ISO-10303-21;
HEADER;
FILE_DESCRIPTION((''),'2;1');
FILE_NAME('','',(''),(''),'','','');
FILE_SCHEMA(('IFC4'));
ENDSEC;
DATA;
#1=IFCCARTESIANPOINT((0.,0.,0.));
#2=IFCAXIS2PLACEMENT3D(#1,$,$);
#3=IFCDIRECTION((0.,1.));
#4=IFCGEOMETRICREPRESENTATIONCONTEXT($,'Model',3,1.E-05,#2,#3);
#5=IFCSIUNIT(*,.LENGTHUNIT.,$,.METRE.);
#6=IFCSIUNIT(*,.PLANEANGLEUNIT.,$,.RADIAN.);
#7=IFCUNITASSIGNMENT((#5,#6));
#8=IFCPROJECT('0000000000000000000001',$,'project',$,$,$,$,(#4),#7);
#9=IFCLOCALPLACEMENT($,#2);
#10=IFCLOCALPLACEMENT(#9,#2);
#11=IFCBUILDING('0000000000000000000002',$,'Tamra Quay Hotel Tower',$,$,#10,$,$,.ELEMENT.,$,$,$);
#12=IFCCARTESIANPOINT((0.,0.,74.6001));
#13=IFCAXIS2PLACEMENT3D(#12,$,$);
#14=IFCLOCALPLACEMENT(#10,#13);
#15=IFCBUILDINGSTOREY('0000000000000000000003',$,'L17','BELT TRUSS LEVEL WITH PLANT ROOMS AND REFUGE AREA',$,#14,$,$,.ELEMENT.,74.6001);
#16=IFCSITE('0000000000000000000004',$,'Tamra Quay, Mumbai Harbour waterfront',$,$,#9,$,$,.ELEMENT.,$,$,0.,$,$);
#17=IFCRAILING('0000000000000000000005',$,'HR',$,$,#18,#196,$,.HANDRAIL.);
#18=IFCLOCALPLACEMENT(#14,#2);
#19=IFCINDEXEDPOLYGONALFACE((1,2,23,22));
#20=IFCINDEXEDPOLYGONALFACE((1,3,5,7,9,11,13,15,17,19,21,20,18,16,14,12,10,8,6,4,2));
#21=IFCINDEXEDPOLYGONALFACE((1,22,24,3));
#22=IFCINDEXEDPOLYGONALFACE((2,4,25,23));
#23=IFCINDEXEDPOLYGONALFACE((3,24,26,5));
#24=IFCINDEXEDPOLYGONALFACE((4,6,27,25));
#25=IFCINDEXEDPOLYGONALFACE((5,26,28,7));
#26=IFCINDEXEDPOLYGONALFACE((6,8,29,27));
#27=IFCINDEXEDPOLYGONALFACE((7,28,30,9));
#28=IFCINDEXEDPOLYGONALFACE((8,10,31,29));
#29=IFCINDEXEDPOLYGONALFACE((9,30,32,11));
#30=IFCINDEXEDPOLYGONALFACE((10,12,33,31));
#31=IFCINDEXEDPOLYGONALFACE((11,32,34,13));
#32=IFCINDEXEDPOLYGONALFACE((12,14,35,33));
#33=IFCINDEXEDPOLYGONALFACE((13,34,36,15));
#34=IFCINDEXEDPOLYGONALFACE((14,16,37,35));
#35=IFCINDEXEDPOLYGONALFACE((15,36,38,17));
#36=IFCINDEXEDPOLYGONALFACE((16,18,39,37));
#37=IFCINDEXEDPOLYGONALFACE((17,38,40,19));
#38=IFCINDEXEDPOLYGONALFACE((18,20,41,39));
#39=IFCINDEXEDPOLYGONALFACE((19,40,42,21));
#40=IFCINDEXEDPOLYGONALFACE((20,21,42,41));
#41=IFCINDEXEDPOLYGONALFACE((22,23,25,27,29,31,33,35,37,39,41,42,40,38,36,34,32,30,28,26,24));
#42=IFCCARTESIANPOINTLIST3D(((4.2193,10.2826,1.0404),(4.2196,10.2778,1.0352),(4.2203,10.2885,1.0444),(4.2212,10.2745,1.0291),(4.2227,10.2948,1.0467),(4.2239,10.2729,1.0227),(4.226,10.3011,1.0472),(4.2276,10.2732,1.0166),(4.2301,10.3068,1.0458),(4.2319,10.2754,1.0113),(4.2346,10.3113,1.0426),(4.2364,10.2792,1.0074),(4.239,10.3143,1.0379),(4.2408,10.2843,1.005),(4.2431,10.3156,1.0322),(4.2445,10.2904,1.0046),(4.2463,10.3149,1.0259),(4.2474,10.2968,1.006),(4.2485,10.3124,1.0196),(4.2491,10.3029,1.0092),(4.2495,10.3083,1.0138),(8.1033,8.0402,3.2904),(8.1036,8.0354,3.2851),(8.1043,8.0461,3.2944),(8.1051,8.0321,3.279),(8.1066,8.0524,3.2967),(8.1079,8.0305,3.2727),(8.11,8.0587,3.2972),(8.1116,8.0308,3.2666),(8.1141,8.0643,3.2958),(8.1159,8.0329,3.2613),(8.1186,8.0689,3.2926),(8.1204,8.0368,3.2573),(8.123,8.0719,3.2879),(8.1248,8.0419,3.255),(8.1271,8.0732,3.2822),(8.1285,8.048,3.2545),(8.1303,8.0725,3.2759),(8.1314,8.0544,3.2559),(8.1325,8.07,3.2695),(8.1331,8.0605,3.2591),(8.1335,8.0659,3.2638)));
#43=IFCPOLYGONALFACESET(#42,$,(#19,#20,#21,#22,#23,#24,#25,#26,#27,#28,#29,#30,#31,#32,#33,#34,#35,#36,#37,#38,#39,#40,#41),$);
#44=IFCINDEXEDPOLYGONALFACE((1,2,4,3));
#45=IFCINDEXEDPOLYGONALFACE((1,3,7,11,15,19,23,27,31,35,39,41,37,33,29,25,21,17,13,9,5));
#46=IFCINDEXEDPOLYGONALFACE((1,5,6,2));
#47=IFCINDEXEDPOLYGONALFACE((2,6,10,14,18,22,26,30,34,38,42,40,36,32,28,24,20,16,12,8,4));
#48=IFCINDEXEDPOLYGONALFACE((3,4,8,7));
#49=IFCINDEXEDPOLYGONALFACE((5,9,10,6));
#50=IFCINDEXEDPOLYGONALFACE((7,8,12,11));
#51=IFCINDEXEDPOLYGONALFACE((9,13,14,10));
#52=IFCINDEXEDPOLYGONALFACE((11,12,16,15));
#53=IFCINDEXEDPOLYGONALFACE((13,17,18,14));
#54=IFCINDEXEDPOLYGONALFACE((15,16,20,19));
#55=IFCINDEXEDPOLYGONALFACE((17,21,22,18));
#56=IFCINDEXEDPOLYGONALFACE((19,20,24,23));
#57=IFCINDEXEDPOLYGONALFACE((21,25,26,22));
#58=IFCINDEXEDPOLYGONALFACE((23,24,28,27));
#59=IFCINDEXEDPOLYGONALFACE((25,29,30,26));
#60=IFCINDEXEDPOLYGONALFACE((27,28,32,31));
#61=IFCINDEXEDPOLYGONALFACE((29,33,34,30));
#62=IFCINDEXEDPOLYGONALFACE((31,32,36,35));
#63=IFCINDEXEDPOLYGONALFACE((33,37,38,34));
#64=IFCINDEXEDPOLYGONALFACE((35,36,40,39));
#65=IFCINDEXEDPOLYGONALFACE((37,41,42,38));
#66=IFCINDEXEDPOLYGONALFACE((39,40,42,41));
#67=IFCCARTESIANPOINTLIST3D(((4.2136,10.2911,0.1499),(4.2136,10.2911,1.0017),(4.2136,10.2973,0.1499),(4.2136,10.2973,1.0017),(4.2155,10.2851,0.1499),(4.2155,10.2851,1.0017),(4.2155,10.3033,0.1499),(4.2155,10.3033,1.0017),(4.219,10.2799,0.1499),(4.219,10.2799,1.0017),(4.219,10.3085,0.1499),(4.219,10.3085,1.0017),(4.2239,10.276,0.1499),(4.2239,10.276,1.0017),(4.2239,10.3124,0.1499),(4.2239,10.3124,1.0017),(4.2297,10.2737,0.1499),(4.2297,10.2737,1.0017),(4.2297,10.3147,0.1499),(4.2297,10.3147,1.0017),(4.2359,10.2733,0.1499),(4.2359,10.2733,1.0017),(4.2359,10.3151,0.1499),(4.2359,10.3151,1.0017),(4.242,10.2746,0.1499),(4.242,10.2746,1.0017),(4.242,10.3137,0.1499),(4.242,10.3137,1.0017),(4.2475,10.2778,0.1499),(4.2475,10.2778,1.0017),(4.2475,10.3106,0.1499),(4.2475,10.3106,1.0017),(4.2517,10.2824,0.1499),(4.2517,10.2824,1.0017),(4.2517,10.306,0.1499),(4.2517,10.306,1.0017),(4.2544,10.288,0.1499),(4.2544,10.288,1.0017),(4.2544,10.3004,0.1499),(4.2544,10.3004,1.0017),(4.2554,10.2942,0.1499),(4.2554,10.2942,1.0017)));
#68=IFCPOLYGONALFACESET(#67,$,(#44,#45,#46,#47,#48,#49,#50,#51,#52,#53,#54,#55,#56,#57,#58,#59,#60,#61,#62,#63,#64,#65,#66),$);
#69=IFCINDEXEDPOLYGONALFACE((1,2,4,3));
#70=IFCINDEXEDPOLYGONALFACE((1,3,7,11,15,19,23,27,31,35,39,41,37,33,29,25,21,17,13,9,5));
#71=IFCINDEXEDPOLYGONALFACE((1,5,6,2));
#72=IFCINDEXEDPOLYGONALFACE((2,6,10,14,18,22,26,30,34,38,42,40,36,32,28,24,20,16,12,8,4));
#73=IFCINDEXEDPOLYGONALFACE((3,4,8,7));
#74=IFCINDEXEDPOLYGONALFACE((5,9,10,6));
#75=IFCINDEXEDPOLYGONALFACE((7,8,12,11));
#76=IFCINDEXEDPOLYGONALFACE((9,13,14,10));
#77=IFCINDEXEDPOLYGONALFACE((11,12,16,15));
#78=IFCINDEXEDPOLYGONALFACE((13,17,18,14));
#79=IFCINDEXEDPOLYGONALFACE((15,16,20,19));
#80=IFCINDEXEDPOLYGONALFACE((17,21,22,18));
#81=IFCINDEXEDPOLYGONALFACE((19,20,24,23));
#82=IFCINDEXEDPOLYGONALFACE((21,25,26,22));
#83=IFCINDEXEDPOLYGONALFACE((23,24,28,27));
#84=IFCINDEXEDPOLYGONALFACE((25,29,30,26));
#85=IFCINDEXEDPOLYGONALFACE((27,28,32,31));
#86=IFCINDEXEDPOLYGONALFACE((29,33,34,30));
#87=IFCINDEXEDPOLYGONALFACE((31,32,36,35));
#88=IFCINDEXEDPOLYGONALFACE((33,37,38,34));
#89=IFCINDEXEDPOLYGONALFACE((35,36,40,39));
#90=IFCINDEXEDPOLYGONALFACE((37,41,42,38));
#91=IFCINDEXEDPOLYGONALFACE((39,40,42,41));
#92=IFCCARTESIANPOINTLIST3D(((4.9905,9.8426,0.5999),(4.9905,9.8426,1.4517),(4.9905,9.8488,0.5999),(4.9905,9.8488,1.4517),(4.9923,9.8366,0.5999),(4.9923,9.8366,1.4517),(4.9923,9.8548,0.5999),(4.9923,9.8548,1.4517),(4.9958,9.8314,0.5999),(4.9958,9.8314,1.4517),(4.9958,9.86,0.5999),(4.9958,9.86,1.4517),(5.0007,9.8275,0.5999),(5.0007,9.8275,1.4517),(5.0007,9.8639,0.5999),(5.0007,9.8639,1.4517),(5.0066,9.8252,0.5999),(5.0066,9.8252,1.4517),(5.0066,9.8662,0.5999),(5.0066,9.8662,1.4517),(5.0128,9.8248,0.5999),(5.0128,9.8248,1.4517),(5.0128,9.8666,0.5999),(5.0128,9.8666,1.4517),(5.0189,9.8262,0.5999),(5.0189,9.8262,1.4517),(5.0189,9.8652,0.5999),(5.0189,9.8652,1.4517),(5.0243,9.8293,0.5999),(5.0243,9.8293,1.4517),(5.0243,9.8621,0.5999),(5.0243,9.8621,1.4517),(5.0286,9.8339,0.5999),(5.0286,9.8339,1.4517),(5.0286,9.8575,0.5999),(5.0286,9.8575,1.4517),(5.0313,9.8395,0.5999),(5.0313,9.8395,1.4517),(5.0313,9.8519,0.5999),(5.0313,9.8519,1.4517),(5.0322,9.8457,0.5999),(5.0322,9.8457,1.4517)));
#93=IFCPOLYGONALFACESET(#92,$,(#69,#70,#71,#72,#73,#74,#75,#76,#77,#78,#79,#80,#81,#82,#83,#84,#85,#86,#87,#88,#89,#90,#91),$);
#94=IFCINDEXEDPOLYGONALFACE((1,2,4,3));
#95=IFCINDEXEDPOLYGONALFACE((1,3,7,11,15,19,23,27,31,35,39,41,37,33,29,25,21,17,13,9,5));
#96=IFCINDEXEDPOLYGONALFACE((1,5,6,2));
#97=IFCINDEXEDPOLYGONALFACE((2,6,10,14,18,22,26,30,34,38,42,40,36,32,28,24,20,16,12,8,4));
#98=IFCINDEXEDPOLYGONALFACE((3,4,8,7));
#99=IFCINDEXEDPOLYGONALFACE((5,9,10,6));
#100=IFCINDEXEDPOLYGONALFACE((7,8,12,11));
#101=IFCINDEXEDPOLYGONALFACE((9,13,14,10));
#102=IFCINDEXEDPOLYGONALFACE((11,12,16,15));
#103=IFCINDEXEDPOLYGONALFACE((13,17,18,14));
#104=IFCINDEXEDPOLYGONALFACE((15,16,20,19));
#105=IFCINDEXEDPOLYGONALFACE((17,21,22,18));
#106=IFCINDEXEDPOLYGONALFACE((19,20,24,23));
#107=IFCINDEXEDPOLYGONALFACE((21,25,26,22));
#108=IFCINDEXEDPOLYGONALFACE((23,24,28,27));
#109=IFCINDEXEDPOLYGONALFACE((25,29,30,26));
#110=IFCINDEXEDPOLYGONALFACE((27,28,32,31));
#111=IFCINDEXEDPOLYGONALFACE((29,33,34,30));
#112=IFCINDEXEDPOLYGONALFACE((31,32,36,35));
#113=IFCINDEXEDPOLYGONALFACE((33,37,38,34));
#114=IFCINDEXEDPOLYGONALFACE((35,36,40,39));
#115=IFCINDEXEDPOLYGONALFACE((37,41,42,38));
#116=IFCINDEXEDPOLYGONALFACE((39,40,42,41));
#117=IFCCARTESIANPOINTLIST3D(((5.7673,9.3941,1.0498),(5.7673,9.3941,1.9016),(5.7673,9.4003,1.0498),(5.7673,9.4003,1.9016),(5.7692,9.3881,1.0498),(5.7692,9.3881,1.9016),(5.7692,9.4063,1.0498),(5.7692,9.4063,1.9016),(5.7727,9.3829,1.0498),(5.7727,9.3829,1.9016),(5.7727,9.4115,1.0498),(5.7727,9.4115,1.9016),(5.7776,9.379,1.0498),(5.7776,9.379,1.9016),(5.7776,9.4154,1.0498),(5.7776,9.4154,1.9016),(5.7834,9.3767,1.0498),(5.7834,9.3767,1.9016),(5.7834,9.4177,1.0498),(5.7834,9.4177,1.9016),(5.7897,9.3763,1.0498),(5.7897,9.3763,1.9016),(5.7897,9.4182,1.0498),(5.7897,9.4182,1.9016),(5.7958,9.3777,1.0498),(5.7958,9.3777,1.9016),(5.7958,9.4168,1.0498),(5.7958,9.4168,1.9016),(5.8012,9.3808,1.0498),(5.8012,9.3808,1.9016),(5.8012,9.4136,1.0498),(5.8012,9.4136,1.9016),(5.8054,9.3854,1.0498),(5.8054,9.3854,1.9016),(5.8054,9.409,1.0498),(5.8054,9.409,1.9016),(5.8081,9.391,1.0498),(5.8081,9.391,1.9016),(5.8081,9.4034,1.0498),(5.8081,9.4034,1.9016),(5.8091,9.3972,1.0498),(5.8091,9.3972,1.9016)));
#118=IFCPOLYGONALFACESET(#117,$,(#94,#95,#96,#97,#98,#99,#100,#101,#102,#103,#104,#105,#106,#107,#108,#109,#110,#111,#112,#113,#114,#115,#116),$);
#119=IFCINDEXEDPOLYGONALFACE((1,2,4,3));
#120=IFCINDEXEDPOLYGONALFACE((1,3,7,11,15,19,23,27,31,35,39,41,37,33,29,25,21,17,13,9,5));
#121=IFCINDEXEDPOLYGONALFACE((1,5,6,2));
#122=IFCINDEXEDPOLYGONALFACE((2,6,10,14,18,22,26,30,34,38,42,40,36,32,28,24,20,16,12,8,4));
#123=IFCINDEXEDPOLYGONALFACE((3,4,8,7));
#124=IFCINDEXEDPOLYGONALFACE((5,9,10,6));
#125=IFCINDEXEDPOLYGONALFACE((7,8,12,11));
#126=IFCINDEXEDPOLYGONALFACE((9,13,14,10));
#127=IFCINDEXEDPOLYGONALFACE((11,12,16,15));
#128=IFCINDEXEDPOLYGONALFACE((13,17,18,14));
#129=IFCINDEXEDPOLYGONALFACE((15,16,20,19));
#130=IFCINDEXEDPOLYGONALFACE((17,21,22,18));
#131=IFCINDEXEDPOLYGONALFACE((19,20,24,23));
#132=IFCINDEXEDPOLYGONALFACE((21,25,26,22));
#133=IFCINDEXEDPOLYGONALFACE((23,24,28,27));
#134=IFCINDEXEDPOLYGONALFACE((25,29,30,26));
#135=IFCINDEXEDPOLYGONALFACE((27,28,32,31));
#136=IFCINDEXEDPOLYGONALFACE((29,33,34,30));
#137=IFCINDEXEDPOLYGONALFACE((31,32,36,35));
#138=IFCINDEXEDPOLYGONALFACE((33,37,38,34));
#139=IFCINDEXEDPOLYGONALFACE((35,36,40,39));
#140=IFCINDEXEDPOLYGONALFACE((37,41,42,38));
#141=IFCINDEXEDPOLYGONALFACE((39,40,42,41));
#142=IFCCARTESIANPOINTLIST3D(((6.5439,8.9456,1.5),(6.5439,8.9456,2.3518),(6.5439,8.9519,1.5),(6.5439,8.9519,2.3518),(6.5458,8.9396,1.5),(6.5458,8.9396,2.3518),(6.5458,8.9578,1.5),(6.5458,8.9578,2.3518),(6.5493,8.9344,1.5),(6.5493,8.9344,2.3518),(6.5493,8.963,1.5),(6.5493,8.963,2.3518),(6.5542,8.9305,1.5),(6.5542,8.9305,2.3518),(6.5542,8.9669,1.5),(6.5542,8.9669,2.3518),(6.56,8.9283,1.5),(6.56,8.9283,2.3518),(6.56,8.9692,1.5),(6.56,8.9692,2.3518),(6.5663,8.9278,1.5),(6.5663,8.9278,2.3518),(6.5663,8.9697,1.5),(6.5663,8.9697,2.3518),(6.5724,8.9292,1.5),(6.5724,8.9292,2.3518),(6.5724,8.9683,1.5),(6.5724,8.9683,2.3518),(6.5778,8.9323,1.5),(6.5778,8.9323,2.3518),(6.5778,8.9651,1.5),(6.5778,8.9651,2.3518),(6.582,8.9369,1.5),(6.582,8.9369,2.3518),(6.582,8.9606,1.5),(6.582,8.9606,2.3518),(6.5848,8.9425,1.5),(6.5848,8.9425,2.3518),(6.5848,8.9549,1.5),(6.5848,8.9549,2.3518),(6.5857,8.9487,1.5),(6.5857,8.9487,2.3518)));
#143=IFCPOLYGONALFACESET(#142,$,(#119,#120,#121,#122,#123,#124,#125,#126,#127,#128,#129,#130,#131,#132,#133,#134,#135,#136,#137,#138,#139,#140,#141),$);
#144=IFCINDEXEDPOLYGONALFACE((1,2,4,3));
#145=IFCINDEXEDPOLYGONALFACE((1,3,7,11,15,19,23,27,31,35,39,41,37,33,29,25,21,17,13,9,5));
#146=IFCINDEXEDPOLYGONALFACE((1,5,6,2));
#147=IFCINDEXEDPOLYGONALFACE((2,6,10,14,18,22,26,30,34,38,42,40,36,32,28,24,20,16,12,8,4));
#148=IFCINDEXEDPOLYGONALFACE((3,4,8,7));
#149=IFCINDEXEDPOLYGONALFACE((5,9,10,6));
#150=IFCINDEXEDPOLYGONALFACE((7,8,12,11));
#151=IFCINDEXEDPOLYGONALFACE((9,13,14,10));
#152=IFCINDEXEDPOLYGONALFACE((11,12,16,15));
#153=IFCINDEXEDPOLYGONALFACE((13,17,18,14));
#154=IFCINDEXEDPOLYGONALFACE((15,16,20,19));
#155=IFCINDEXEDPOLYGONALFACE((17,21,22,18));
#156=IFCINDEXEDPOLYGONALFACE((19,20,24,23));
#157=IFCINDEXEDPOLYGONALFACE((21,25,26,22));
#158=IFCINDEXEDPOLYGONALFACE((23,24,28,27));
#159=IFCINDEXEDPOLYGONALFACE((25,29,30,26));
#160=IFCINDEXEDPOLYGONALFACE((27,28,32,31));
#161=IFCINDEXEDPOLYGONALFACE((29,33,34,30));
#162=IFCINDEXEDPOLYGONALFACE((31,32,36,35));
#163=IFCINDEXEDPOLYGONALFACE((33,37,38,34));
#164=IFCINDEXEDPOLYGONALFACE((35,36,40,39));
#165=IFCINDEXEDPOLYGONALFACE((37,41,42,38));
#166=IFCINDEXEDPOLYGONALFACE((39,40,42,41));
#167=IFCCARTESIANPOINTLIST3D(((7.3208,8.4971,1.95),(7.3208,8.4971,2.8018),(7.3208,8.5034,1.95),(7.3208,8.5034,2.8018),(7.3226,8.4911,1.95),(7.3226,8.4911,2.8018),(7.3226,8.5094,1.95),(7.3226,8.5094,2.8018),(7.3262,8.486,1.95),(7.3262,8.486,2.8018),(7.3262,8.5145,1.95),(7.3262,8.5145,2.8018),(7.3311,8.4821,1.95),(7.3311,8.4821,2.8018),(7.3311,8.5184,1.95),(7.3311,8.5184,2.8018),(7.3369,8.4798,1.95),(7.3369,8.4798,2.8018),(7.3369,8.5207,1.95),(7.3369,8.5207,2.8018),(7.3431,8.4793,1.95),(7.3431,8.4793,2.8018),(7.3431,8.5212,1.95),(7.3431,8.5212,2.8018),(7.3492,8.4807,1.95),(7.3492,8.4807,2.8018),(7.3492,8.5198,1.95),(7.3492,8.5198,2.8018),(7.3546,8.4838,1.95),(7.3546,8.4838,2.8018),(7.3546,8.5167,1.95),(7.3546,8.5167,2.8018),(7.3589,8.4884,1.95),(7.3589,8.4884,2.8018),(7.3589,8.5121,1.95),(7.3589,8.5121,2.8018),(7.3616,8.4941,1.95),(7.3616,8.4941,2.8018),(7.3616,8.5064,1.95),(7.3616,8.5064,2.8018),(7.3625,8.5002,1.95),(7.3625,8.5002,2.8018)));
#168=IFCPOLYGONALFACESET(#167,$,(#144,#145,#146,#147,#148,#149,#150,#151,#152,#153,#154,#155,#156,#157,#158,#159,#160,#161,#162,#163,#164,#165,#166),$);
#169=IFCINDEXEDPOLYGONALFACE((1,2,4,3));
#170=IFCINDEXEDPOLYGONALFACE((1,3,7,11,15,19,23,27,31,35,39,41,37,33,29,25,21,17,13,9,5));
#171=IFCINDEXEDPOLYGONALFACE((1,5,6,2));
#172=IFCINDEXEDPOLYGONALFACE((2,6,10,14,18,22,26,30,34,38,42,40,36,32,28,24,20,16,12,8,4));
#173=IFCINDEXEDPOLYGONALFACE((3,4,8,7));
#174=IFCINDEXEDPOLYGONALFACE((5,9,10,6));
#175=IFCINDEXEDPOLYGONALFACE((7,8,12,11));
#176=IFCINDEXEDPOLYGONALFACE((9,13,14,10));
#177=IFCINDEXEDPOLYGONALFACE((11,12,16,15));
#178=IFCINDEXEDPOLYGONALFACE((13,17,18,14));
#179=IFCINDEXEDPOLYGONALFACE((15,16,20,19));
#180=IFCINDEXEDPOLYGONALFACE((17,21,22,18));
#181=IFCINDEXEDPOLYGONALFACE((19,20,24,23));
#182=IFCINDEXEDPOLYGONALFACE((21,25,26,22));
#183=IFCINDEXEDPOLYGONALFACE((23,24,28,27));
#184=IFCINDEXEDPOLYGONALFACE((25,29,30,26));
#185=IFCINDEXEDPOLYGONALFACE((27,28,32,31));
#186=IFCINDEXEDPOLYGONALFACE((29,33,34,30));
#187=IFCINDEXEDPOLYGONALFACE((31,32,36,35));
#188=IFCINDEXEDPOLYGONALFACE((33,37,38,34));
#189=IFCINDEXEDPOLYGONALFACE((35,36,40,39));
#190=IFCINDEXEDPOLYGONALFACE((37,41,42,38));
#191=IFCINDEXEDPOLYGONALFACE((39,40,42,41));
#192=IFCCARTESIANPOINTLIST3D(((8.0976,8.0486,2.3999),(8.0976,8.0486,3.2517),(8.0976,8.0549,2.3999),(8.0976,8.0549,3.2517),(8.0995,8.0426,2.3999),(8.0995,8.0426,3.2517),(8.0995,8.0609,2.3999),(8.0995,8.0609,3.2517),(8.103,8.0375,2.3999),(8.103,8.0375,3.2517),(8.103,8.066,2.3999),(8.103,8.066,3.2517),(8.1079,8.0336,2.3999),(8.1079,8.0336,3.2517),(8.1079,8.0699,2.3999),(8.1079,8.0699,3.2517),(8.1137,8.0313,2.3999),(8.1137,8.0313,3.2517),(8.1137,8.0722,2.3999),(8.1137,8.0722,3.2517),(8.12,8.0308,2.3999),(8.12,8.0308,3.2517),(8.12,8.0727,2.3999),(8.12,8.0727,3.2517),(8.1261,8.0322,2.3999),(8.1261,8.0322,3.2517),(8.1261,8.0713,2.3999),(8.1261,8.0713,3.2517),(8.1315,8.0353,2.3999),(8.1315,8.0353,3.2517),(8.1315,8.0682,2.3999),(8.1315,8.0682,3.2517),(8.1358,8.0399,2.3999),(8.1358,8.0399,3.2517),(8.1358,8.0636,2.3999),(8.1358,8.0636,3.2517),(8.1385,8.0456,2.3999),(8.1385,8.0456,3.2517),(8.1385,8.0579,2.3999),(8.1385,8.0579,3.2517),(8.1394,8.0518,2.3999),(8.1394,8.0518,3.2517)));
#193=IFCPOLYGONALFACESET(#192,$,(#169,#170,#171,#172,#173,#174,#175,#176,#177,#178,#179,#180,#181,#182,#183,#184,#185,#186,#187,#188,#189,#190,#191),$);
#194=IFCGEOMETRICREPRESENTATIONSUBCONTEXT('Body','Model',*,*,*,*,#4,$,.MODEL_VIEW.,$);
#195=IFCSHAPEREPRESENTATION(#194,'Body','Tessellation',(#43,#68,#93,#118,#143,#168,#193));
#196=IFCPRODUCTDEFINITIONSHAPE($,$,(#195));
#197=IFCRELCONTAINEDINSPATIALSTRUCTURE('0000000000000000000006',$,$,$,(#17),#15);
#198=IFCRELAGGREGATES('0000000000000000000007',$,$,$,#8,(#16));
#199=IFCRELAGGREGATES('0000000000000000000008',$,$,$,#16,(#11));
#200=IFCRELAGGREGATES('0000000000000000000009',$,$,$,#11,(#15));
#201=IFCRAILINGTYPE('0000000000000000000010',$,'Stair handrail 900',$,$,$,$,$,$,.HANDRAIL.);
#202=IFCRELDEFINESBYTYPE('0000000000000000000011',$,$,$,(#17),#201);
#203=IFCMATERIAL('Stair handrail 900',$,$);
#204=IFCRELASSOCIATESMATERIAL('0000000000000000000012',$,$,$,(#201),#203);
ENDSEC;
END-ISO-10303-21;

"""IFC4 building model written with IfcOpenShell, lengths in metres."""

from ifc_helpers import new_model, si_unit, direction, frame, origin, origin_2d, place, context, subcontext, project, spatial, circle, extrude, material, type_object, element, save


model = new_model("IFC4")

# Units and contexts
model_context = context("Model", 3, precision=1e-05, world=origin(), true_north=direction((0.0, 1.0)))
body_context = subcontext(model_context, "Body", "Model", "MODEL_VIEW")
ifc_project = project(units=[si_unit("LENGTHUNIT", "METRE"), si_unit("PLANEANGLEUNIT", "RADIAN")], contexts=[model_context])

# Site, building, storey
site_placement = place(None, origin())
site = spatial("IfcSite", under=ifc_project, at=site_placement, Name="Tamra Quay, Mumbai Harbour waterfront", CompositionType="ELEMENT", RefElevation=0.0)
building_placement = place(site_placement, origin())
building = spatial("IfcBuilding", under=site, at=building_placement, Name="Tamra Quay Hotel Tower", CompositionType="ELEMENT")
storey_placement = place(building_placement, frame((0.0, 0.0, 74.6001)))
storey = spatial("IfcBuildingStorey", under=building, at=storey_placement, Name="L17", Description="BELT TRUSS LEVEL WITH PLANT ROOMS AND REFUGE AREA", CompositionType="ELEMENT", Elevation=74.6001)

# Railing
ifc_material_1 = material(Name="Stair handrail 900")
railing_type_1 = type_object("IfcRailingType", Name="Stair handrail 900", PredefinedType="HANDRAIL", material=ifc_material_1)
railing_1_placement = place(storey_placement, frame((4.2344, 10.2942, 0.1499)))
element("IfcRailing", 1, at=railing_1_placement, inside=storey, type_object=railing_type_1, Name="HR", PredefinedType="HANDRAIL", context=body_context, shape_type="SweptSolid", body=[
    extrude(circle(Radius=0.0239, at=origin_2d()), frame((0.0, 0.0, 0.876), z_axis=(0.774076, -0.44691, 0.448418), x_axis=(0.499997, 0.866027, 0.0)), (0.0, 0.0, 1.0), 5.0176),
    extrude(circle(Radius=0.021, at=origin_2d()), origin(), (0.0, 0.0, 1.0), 0.8518),
    extrude(circle(Radius=0.021, at=origin_2d()), frame((0.7769, -0.4485, 0.45)), (0.0, 0.0, 1.0), 0.8518),
    extrude(circle(Radius=0.021, at=origin_2d()), frame((1.5537, -0.897, 0.8999)), (0.0, 0.0, 1.0), 0.8518),
    extrude(circle(Radius=0.021, at=origin_2d()), frame((2.3303, -1.3455, 1.3501)), (0.0, 0.0, 1.0), 0.8518),
    extrude(circle(Radius=0.021, at=origin_2d()), frame((3.1072, -1.7939, 1.8)), (0.0, 0.0, 1.0), 0.8518),
    extrude(circle(Radius=0.021, at=origin_2d()), frame((3.884, -2.2424, 2.25)), (0.0, 0.0, 1.0), 0.8518),
])

save(model, "model.ifc")
